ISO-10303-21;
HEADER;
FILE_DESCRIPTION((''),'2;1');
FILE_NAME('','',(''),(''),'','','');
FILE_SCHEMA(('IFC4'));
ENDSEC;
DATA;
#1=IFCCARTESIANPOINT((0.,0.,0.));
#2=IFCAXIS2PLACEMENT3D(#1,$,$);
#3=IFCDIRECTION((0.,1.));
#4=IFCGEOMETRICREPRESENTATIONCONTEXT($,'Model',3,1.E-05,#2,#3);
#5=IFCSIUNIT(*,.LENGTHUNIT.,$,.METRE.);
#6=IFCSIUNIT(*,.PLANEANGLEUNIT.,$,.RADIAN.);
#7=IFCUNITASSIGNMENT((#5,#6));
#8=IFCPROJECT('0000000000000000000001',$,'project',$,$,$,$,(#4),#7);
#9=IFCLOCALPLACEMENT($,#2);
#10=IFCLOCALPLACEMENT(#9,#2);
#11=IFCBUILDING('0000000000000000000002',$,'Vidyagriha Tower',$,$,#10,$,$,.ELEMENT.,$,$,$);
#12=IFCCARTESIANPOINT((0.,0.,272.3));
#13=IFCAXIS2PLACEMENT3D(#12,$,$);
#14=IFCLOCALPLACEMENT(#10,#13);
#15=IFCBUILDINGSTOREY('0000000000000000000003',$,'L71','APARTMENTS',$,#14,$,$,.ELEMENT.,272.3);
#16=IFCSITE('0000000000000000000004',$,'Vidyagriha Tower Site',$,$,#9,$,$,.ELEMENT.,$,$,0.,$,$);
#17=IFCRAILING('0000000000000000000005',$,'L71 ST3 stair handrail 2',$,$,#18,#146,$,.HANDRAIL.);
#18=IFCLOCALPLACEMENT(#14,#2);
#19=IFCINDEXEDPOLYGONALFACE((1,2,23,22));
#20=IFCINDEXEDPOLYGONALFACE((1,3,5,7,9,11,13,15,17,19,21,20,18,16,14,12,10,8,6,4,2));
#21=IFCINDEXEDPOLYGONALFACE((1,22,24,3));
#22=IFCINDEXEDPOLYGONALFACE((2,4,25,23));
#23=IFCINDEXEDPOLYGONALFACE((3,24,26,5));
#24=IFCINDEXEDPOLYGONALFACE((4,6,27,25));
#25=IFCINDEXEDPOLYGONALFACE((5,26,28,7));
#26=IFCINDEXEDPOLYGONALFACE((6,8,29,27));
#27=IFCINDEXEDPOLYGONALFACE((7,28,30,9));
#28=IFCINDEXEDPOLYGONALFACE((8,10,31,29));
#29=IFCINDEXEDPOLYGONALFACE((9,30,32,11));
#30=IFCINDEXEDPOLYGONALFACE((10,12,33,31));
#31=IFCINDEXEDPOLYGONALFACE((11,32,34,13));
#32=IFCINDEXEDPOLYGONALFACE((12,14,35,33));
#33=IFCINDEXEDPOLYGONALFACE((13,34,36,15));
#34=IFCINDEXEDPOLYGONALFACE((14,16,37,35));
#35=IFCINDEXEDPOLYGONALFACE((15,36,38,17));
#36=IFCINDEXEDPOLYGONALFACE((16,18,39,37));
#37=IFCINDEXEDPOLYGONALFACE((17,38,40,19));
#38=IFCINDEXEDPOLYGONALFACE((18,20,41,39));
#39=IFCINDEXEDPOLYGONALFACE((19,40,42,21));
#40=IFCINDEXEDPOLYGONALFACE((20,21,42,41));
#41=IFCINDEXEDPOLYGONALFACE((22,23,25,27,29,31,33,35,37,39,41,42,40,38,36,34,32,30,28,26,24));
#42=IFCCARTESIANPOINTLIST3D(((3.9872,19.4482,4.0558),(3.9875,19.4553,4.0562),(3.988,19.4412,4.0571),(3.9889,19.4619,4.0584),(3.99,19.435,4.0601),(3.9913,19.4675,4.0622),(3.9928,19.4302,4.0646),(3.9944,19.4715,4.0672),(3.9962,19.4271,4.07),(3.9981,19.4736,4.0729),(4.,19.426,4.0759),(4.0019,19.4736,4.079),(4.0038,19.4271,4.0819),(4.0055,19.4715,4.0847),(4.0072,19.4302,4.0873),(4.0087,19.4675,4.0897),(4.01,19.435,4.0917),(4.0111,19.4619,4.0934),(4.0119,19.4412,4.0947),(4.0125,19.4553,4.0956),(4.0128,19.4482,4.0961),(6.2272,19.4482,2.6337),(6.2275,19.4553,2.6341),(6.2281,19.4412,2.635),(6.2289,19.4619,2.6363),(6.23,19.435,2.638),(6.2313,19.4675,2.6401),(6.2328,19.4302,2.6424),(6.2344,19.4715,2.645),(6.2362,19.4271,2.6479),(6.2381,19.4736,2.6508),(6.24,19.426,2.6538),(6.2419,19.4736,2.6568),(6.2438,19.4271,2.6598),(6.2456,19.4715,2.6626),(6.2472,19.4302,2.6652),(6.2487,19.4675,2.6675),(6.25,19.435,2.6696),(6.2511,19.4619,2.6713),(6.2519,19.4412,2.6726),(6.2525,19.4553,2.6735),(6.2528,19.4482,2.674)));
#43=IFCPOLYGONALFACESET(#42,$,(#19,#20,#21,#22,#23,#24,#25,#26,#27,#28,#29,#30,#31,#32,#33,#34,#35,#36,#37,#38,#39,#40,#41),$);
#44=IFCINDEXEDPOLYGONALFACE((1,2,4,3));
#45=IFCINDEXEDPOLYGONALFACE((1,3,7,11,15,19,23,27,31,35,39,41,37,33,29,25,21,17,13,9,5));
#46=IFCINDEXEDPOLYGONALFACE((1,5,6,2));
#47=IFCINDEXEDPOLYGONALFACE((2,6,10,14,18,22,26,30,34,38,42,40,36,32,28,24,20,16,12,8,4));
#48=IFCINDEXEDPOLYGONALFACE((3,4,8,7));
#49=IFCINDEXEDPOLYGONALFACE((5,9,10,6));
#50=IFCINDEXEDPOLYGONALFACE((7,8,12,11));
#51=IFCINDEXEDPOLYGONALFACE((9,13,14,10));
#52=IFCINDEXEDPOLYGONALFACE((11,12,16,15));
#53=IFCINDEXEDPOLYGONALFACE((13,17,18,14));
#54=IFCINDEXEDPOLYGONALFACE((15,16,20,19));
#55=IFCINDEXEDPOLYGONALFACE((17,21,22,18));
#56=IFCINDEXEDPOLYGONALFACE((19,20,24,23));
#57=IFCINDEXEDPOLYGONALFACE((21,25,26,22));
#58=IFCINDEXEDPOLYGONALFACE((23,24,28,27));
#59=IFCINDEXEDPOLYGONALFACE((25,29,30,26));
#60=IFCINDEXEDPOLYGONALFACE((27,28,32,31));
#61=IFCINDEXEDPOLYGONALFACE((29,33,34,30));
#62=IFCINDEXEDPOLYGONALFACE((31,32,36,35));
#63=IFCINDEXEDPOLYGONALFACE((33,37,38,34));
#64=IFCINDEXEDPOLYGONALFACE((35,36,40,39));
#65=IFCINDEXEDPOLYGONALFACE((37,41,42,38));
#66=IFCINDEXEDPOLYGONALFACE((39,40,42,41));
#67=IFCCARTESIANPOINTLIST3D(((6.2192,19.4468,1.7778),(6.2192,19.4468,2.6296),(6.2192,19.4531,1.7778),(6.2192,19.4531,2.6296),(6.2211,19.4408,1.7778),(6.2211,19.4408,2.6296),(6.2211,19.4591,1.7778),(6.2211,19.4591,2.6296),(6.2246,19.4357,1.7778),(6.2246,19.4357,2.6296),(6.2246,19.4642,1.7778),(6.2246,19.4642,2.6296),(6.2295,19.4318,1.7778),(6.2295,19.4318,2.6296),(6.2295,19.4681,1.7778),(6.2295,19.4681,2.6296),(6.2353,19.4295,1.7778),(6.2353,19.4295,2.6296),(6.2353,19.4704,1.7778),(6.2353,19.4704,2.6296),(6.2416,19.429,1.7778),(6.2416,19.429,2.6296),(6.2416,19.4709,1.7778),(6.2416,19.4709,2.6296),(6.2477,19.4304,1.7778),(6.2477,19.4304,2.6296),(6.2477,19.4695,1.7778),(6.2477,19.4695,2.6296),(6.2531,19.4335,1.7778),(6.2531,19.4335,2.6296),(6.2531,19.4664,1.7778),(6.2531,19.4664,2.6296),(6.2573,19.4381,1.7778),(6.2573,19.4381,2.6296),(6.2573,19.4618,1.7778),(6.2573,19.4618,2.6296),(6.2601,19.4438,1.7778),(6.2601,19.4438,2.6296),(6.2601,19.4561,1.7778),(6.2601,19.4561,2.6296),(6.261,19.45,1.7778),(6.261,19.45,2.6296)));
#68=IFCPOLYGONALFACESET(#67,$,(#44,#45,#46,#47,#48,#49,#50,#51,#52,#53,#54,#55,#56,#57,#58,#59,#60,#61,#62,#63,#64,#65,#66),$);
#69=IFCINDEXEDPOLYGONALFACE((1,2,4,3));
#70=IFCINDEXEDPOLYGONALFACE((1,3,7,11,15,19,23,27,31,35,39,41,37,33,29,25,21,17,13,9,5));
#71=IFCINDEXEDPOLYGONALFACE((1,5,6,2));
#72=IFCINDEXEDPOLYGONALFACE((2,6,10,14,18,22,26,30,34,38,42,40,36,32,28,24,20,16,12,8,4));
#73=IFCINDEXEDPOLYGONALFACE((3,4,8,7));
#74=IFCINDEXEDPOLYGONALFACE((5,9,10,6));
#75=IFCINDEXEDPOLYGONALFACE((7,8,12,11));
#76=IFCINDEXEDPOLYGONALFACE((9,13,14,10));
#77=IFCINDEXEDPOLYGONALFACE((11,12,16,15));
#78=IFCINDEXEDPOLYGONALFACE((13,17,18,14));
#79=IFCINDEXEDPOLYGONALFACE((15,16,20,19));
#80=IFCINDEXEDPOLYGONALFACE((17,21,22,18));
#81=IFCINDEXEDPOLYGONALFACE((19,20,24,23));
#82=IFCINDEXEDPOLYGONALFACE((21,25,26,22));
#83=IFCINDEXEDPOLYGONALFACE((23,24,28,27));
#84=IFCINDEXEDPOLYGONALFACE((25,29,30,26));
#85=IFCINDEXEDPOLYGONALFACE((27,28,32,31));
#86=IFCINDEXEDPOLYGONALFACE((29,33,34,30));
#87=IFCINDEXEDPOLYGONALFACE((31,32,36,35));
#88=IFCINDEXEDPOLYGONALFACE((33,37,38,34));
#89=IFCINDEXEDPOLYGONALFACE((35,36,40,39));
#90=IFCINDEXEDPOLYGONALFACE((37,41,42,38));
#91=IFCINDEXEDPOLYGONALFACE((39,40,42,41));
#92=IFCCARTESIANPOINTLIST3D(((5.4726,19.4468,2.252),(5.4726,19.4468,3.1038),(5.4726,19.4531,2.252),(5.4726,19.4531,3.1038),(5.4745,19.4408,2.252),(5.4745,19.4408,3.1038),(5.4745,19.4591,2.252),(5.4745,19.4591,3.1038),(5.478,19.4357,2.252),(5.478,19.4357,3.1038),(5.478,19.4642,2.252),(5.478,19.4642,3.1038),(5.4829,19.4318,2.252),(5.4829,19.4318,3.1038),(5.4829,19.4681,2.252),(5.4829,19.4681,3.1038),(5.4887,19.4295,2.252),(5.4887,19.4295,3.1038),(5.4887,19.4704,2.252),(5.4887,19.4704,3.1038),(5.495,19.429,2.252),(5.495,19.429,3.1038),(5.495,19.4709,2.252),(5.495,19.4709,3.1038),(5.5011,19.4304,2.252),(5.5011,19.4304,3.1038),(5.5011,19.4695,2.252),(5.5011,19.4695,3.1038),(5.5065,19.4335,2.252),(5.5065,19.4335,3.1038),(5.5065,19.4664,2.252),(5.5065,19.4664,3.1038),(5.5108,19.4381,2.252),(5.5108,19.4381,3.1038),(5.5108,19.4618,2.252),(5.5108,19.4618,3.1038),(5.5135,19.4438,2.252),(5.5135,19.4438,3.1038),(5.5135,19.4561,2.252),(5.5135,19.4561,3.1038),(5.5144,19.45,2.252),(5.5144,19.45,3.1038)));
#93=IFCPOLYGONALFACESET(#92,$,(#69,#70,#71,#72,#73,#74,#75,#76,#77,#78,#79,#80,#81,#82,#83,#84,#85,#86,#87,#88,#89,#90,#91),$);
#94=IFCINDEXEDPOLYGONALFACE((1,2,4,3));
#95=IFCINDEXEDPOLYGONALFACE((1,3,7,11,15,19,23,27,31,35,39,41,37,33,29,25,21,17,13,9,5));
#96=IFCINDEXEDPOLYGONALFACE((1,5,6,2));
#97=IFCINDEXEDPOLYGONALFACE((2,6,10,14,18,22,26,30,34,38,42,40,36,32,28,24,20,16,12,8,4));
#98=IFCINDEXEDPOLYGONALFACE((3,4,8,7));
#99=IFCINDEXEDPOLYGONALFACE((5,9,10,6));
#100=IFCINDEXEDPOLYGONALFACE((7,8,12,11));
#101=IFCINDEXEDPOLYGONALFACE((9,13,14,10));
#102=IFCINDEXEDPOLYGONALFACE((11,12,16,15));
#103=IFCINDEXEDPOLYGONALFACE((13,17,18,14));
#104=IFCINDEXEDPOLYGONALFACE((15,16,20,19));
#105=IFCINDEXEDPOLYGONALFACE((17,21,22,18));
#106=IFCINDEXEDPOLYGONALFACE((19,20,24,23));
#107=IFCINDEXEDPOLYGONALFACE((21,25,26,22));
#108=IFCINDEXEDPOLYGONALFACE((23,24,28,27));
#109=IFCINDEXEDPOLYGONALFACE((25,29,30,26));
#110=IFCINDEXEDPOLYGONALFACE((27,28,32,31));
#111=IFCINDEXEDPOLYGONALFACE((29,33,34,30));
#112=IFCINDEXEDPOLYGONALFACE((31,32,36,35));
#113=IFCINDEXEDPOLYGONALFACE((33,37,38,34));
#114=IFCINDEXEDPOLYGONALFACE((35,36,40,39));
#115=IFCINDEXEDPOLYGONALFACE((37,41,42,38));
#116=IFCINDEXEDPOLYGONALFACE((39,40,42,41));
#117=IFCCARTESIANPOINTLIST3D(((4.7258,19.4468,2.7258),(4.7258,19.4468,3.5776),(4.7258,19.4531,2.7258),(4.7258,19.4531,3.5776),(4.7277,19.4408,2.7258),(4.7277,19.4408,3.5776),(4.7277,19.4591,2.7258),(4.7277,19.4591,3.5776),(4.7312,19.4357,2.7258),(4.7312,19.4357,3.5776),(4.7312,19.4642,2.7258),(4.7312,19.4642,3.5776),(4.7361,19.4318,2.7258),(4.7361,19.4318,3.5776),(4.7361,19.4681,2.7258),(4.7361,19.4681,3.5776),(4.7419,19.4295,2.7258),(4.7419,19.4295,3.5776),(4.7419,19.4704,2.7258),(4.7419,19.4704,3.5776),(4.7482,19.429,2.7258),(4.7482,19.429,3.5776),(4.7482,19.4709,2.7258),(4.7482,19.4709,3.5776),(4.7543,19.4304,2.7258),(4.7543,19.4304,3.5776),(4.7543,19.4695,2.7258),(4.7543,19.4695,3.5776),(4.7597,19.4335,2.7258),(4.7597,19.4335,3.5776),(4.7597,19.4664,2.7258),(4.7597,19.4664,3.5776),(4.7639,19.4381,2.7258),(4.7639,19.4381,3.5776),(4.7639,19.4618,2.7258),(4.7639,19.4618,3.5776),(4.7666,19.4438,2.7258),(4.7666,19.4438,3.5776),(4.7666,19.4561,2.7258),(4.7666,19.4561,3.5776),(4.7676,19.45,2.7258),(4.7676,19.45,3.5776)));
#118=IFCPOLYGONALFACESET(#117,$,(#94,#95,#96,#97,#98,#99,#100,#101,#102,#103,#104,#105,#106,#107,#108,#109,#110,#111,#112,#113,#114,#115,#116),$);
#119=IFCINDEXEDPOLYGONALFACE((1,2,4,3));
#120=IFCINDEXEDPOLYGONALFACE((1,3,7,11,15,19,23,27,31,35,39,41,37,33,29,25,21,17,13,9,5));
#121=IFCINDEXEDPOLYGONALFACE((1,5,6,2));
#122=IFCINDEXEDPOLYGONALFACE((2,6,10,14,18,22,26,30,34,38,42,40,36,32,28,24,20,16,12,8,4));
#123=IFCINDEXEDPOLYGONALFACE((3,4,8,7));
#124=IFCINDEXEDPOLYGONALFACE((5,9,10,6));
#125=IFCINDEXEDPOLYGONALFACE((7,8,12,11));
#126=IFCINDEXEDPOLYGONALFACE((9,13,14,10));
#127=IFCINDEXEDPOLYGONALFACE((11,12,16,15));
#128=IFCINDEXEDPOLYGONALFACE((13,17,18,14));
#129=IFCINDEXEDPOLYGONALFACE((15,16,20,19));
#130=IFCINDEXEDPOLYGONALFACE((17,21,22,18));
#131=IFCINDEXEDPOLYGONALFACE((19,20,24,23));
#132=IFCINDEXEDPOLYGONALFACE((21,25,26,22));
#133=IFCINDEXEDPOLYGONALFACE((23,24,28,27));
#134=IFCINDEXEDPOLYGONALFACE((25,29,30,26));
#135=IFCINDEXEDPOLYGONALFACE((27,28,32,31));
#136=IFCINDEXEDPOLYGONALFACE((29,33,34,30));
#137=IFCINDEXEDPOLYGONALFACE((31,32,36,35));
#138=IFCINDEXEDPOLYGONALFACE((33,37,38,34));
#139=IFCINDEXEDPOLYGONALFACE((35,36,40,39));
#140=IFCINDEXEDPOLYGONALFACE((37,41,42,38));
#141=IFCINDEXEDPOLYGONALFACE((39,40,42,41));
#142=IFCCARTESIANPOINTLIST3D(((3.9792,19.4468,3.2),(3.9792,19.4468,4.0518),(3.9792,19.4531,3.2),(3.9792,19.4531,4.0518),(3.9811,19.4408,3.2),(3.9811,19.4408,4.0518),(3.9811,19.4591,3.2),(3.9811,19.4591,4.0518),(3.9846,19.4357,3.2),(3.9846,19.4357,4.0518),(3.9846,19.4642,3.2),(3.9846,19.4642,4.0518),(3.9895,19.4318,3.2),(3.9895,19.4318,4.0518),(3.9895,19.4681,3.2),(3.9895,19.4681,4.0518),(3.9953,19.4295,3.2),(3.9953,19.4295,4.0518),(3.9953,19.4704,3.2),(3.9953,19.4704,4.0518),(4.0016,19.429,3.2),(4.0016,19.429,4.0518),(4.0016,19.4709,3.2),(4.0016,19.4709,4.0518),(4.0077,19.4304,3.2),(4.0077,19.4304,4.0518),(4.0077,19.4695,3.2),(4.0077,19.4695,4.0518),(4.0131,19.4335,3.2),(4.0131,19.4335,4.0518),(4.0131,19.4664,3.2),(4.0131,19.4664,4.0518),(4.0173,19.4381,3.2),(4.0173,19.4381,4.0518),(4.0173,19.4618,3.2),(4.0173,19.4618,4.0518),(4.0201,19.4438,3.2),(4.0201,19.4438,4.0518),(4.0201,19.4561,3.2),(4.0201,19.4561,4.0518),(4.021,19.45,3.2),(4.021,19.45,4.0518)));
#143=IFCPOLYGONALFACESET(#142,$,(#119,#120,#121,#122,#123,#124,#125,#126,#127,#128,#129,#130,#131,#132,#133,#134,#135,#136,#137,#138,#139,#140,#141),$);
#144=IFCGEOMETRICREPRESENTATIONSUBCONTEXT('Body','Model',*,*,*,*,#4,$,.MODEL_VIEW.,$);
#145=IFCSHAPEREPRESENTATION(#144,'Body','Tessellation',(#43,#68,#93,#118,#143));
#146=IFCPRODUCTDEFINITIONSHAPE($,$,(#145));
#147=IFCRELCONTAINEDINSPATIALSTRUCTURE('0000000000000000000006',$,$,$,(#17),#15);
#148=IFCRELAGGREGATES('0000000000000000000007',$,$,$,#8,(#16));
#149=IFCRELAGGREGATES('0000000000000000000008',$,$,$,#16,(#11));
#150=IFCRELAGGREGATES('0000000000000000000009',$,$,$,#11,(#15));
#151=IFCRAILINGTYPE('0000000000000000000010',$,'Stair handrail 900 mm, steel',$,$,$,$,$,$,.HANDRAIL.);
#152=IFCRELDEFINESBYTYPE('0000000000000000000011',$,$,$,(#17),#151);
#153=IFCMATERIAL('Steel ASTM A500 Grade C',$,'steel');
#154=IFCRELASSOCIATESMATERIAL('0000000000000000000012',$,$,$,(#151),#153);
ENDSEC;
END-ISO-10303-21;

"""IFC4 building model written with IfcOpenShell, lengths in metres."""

from ifc_helpers import new_model, si_unit, direction, frame, origin, origin_2d, place, context, subcontext, project, spatial, circle, extrude, material, type_object, element, save


model = new_model("IFC4")

# Units and contexts
model_context = context("Model", 3, precision=1e-05, world=origin(), true_north=direction((0.0, 1.0)))
body_context = subcontext(model_context, "Body", "Model", "MODEL_VIEW")
ifc_project = project(units=[si_unit("LENGTHUNIT", "METRE"), si_unit("PLANEANGLEUNIT", "RADIAN")], contexts=[model_context])

# Site, building, storey
site_placement = place(None, origin())
site = spatial("IfcSite", under=ifc_project, at=site_placement, Name="Vidyagriha Tower Site", CompositionType="ELEMENT", RefElevation=0.0)
building_placement = place(site_placement, origin())
building = spatial("IfcBuilding", under=site, at=building_placement, Name="Vidyagriha Tower", CompositionType="ELEMENT")
storey_placement = place(building_placement, frame((0.0, 0.0, 272.3)))
storey = spatial("IfcBuildingStorey", under=building, at=storey_placement, Name="L71", Description="APARTMENTS", CompositionType="ELEMENT", Elevation=272.3)

# Railing
ifc_material_1 = material(Name="Steel ASTM A500 Grade C", Category="steel")
railing_type_1 = type_object("IfcRailingType", Name="Stair handrail 900 mm, steel", PredefinedType="HANDRAIL", material=ifc_material_1)
for number, where, name in (
    (1, (6.24, 19.45, 1.7778), "L71 ST3 stair handrail 2"),
):
    element("IfcRailing", number, at=place(storey_placement, frame(where)), inside=storey, type_object=railing_type_1, Name=name, PredefinedType="HANDRAIL", context=body_context, shape_type="SweptSolid", body=[
        extrude(circle(Radius=0.0239, at=origin_2d()), frame((0.0, 0.0, 0.876), z_axis=(-0.844229, 0.0, 0.535982), x_axis=(0.0, -1.0, 0.0)), (0.0, 0.0, 1.0), 2.6533),
        extrude(circle(Radius=0.021, at=origin_2d()), origin(), (0.0, 0.0, 1.0), 0.8518),
        extrude(circle(Radius=0.021, at=origin_2d()), frame((-0.7466, 0.0, 0.4741)), (0.0, 0.0, 1.0), 0.8518),
        extrude(circle(Radius=0.021, at=origin_2d()), frame((-1.4934, 0.0, 0.948)), (0.0, 0.0, 1.0), 0.8518),
        extrude(circle(Radius=0.021, at=origin_2d()), frame((-2.24, 0.0, 1.4221)), (0.0, 0.0, 1.0), 0.8518),
    ])

save(model, "model.ifc")
